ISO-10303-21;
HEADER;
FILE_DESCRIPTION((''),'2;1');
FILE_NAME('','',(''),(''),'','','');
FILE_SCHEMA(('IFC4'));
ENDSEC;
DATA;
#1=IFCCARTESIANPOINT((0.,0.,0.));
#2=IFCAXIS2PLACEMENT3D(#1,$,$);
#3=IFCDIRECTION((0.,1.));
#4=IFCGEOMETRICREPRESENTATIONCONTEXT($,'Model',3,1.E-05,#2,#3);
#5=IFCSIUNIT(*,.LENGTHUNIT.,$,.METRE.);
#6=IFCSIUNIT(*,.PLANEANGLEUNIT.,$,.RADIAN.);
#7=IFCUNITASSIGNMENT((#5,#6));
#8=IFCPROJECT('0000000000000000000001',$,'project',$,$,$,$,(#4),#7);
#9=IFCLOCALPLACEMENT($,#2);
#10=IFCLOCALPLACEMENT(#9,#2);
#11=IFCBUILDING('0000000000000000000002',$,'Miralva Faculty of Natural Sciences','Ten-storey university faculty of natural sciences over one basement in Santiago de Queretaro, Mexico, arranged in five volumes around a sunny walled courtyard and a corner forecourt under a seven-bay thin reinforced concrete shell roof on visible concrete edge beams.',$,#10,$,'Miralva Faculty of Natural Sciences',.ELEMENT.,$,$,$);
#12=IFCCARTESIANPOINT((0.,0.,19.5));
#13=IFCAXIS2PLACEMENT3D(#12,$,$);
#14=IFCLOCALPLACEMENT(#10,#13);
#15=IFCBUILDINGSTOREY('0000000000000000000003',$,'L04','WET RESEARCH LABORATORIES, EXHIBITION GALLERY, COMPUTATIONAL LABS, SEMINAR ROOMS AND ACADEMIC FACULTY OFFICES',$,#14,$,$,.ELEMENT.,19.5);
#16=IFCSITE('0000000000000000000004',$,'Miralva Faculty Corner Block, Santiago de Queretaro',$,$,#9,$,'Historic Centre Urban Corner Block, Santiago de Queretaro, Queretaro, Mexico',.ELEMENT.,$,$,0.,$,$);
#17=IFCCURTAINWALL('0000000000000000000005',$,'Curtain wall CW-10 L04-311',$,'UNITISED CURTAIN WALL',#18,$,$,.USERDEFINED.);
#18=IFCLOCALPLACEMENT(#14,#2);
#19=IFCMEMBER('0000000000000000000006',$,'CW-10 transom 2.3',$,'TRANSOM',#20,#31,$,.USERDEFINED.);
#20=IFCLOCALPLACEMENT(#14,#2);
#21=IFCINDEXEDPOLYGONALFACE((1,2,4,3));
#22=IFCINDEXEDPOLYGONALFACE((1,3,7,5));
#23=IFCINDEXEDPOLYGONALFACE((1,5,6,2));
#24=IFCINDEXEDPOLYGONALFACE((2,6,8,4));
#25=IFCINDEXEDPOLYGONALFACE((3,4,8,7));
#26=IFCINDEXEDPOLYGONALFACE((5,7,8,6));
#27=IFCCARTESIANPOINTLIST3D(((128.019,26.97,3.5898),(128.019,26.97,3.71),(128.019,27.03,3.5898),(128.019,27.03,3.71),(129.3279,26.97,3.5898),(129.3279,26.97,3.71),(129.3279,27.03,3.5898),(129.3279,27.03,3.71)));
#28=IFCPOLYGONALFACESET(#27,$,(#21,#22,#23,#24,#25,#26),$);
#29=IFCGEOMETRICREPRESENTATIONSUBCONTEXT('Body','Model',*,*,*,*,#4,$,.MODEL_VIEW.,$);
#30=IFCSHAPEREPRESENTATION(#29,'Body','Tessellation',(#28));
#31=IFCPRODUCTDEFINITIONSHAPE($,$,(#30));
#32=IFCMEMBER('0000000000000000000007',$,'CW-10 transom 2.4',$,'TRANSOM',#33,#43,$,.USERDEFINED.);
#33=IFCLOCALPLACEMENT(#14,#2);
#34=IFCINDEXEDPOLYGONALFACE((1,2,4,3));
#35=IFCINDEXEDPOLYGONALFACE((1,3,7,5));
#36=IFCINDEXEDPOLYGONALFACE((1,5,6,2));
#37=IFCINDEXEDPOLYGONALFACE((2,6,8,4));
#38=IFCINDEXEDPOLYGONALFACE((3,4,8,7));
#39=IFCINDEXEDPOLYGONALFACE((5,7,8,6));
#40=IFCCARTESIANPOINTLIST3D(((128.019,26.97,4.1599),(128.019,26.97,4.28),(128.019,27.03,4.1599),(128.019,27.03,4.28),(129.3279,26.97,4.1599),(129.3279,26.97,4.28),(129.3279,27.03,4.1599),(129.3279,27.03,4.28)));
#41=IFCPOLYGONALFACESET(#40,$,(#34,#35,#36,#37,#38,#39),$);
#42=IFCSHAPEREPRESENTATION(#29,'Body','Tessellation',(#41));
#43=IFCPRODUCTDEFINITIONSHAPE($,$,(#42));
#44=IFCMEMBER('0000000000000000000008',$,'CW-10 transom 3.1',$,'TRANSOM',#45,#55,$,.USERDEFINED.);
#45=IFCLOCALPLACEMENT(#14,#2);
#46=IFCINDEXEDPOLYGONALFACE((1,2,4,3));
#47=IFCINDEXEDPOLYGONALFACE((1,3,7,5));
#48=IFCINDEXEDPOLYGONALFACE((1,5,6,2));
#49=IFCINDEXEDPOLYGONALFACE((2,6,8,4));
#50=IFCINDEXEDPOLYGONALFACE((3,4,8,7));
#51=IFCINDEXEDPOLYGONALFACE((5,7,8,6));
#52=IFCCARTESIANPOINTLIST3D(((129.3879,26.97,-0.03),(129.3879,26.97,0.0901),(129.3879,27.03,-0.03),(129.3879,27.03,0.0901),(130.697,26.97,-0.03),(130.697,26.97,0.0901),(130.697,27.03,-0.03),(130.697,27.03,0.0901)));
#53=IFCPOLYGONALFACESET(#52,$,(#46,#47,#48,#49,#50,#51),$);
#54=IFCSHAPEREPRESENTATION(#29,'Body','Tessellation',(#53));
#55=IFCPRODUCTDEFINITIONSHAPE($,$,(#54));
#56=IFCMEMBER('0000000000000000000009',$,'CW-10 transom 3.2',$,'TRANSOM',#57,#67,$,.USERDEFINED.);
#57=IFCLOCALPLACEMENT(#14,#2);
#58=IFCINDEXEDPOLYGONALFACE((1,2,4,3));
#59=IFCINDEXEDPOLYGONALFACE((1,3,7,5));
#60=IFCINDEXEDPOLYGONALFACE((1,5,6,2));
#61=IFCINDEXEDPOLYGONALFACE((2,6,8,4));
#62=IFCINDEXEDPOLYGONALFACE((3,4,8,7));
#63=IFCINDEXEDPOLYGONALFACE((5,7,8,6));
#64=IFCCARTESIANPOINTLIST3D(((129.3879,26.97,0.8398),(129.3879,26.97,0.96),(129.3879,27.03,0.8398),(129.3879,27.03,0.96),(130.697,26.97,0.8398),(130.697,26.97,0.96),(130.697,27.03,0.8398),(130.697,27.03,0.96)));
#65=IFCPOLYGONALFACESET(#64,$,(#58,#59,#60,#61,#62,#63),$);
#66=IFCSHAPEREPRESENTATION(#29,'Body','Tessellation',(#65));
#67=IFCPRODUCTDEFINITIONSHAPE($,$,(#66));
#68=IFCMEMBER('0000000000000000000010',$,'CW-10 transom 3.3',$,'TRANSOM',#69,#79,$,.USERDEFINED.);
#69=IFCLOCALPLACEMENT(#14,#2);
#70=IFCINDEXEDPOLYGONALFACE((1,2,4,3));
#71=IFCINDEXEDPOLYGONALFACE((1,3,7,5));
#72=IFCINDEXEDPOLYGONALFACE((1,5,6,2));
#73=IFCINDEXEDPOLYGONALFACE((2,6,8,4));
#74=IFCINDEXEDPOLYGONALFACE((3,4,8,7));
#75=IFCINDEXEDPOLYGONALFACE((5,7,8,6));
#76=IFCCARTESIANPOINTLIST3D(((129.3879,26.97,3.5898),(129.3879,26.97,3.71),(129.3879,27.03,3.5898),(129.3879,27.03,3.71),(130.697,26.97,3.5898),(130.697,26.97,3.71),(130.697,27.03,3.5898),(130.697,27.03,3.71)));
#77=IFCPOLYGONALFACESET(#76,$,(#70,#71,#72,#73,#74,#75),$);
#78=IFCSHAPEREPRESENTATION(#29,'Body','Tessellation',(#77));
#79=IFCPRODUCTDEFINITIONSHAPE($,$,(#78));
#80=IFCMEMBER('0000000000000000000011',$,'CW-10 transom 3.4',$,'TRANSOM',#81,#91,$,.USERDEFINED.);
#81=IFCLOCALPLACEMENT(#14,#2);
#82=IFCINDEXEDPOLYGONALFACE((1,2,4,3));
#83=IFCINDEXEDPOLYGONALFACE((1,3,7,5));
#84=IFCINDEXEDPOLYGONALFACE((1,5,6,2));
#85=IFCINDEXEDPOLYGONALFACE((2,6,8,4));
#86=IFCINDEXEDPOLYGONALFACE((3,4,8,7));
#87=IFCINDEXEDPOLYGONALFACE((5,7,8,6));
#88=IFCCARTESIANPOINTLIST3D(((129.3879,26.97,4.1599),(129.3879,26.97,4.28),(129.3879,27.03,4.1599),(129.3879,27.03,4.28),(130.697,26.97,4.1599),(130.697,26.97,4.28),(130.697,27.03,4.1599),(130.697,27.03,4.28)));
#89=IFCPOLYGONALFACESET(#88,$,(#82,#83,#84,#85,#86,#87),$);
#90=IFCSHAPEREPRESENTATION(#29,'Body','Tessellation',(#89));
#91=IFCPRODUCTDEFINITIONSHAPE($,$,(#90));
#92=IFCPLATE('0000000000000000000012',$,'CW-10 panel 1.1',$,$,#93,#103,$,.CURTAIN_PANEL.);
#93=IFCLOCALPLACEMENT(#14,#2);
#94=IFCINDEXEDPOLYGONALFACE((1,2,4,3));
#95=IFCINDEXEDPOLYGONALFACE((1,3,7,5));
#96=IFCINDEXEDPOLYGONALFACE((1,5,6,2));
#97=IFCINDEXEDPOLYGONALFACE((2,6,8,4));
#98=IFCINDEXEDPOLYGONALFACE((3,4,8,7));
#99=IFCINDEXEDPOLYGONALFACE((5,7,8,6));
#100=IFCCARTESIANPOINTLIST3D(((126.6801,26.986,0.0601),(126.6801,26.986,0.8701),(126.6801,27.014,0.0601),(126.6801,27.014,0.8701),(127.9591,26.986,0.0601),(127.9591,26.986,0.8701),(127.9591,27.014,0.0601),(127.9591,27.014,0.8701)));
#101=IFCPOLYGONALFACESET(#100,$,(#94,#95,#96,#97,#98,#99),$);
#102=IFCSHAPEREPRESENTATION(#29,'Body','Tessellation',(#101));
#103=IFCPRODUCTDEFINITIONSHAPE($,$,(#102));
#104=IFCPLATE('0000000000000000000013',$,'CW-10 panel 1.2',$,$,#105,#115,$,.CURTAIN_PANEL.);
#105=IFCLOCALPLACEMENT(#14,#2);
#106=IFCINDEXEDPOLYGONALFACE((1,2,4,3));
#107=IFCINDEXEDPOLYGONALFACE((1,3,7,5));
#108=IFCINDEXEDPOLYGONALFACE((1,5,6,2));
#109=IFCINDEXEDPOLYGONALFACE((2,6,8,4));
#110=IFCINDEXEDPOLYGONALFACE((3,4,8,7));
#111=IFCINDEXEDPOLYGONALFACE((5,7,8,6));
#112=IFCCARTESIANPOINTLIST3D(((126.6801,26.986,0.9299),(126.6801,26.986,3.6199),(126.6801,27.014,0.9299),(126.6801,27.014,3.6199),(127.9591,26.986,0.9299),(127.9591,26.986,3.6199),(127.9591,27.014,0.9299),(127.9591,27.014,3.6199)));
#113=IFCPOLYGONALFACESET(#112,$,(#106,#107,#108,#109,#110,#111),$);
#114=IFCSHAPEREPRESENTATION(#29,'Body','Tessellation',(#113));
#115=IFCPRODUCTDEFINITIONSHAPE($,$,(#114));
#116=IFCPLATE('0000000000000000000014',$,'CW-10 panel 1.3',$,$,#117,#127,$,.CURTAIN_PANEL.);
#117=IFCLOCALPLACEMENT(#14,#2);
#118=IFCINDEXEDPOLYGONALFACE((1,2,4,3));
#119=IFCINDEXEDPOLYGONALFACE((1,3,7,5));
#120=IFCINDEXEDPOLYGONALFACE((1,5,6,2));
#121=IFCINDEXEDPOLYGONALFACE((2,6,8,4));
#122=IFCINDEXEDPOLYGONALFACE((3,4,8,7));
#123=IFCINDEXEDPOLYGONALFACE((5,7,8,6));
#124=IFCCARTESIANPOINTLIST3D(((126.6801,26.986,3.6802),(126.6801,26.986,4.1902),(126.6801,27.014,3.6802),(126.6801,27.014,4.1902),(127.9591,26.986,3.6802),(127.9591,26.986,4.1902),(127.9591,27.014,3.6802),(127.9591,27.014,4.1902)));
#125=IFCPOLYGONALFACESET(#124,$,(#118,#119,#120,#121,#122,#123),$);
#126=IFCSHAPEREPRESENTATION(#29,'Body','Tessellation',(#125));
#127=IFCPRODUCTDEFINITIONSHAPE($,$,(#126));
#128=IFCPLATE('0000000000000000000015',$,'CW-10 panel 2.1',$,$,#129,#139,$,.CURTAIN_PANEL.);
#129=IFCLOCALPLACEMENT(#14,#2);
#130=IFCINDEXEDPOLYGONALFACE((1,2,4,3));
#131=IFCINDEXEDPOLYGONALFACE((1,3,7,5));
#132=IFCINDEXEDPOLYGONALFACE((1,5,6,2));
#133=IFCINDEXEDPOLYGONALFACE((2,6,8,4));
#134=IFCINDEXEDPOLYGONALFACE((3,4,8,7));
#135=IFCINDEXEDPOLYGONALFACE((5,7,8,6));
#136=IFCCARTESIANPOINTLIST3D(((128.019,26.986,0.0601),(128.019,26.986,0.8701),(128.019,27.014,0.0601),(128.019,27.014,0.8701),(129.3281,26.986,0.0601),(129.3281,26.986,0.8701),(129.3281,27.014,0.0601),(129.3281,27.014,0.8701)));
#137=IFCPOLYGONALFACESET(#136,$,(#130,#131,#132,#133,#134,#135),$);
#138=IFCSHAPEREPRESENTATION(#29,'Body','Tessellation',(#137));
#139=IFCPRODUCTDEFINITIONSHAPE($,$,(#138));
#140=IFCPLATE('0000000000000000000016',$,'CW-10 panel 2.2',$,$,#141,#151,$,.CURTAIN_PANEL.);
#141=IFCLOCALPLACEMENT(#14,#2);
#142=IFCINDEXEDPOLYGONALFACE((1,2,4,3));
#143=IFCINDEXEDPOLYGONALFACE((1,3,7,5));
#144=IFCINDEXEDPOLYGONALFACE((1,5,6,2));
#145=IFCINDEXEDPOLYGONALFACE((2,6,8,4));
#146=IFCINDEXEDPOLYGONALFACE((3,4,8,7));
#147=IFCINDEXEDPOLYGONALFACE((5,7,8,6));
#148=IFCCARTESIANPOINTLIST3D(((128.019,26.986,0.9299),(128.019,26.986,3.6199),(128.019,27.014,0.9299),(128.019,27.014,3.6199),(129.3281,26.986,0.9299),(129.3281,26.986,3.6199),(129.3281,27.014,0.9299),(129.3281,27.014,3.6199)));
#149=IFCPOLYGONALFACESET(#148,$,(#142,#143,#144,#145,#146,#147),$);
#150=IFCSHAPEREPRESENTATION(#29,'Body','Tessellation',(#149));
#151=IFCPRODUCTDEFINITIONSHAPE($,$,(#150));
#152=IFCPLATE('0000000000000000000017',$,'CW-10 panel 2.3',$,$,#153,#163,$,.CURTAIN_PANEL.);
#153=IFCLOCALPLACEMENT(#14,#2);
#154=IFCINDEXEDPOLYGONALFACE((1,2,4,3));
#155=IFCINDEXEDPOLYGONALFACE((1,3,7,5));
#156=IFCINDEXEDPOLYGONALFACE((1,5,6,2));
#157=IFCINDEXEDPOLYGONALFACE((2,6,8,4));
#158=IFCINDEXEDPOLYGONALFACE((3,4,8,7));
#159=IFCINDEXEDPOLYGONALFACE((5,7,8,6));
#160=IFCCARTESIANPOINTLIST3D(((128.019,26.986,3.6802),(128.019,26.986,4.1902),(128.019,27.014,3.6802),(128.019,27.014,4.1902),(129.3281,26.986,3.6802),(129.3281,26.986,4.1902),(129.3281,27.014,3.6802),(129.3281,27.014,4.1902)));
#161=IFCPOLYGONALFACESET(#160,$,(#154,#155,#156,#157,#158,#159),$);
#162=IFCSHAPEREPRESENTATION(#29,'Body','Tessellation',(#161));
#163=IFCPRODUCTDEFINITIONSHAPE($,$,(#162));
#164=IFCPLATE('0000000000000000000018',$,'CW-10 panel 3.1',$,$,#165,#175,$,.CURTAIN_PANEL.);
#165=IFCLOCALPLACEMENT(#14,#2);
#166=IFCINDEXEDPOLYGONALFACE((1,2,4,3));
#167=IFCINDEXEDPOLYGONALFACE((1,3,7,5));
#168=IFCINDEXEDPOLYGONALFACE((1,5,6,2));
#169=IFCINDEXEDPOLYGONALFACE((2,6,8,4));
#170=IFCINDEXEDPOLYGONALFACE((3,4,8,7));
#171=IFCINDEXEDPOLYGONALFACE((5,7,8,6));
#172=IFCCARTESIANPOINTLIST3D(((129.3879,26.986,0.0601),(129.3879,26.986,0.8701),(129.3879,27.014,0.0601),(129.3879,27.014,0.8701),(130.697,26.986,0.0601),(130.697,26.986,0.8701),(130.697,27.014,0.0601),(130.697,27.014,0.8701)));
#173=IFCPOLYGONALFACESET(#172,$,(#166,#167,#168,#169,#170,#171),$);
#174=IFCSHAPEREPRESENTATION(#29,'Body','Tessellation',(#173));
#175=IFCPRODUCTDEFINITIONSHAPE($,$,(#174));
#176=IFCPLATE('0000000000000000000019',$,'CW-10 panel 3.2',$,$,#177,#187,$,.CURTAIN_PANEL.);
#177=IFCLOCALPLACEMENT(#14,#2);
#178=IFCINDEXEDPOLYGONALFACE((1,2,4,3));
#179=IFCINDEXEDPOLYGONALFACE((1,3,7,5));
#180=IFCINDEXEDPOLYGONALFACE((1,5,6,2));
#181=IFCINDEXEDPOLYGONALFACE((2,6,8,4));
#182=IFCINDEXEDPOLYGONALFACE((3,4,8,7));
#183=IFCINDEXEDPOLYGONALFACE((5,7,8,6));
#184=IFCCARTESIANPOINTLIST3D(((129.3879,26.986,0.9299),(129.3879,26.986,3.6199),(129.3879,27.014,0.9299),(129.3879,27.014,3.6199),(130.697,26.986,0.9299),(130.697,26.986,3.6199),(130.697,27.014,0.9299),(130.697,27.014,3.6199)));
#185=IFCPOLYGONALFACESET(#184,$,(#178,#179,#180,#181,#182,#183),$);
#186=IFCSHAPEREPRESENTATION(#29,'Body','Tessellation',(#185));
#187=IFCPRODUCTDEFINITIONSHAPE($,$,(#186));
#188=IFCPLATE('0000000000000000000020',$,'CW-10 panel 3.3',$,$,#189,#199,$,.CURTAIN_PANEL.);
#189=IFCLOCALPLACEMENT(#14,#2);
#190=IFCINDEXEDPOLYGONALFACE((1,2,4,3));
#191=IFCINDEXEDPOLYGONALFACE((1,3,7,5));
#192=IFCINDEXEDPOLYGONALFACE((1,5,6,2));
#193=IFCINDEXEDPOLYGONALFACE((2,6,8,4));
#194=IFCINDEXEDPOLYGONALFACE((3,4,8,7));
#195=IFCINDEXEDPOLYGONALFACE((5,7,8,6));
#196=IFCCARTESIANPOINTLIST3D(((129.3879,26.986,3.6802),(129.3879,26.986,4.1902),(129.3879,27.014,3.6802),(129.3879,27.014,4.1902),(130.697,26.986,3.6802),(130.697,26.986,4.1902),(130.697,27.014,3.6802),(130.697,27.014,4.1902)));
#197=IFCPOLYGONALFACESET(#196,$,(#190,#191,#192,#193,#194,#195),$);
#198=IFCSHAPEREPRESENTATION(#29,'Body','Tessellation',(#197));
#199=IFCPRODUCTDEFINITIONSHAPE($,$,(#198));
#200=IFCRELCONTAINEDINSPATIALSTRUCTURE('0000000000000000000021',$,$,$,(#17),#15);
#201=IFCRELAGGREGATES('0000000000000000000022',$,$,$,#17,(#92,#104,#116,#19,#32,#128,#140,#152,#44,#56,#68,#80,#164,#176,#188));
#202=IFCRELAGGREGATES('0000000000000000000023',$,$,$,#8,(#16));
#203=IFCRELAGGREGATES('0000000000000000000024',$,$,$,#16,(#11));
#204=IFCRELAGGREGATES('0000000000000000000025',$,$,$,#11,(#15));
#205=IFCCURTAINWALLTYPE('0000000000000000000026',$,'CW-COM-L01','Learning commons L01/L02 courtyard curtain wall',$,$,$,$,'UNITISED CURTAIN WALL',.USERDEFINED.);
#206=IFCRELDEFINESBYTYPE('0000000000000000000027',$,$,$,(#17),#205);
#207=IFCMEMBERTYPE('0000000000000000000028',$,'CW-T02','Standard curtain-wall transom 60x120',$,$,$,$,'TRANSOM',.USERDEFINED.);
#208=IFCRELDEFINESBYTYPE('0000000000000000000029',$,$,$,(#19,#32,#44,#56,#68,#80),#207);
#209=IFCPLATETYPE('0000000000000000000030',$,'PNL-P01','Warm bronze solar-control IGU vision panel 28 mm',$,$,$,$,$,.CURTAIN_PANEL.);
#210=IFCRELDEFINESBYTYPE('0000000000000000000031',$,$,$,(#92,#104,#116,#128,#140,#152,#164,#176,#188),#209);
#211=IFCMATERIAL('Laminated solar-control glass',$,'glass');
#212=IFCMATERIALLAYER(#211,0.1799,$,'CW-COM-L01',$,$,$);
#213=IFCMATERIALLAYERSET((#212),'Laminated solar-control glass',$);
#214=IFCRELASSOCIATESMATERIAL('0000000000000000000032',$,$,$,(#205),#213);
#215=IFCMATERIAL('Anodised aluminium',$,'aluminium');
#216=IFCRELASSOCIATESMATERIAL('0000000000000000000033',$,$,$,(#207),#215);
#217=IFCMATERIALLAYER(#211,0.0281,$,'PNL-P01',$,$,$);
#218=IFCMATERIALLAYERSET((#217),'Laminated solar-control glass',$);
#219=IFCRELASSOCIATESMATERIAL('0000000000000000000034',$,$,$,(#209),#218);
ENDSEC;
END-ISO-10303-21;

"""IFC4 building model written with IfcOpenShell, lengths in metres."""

from ifc_helpers import new_model, si_unit, direction, frame, origin, origin_2d, place, context, subcontext, project, spatial, rectangle, extrude, material, layer, layer_set, material_profile, profile_set, type_object, element, aggregate, save


model = new_model("IFC4")

# Units and contexts
model_context = context("Model", 3, precision=1e-05, world=origin(), true_north=direction((0.0, 1.0)))
body_context = subcontext(model_context, "Body", "Model", "MODEL_VIEW")
ifc_project = project(units=[si_unit("LENGTHUNIT", "METRE"), si_unit("PLANEANGLEUNIT", "RADIAN")], contexts=[model_context])

# Site, building, storey
site_placement = place(None, origin())
site = spatial("IfcSite", under=ifc_project, at=site_placement, Name="Miralva Faculty Corner Block, Santiago de Queretaro", LongName="Historic Centre Urban Corner Block, Santiago de Queretaro, Queretaro, Mexico", CompositionType="ELEMENT", RefElevation=0.0)
building_placement = place(site_placement, origin())
building = spatial("IfcBuilding", under=site, at=building_placement, Name="Miralva Faculty of Natural Sciences", Description="Ten-storey university faculty of natural sciences over one basement in Santiago de Queretaro, Mexico, arranged in five volumes around a sunny walled courtyard and a corner forecourt under a seven-bay thin reinforced concrete shell roof on visible concrete edge beams.", LongName="Miralva Faculty of Natural Sciences", CompositionType="ELEMENT")
storey_placement = place(building_placement, frame((0.0, 0.0, 19.5)))
storey = spatial("IfcBuildingStorey", under=building, at=storey_placement, Name="L04", Description="WET RESEARCH LABORATORIES, EXHIBITION GALLERY, COMPUTATIONAL LABS, SEMINAR ROOMS AND ACADEMIC FACULTY OFFICES", CompositionType="ELEMENT", Elevation=19.5)

# Shared definitions
ifc_material_1 = material(Name="Laminated solar-control glass", Category="glass")
ifc_layer_1 = layer(ifc_material_1, 0.1799, Name="CW-COM-L01")
ifc_layer_set_1 = layer_set([ifc_layer_1], Name="Laminated solar-control glass")
curtain_wall_type = type_object("IfcCurtainWallType", Name="CW-COM-L01", Description="Learning commons L01/L02 courtyard curtain wall", ElementType="UNITISED CURTAIN WALL", PredefinedType="USERDEFINED", material=ifc_layer_set_1)
ifc_material_2 = material(Name="Anodised aluminium", Category="aluminium")

# Curtain wall
curtain_wall_1_placement = place(storey_placement, origin())
curtain_wall_1 = element("IfcCurtainWall", 1, at=curtain_wall_1_placement, inside=storey, type_object=curtain_wall_type, Name="Curtain wall CW-10 L04-311", ObjectType="UNITISED CURTAIN WALL", PredefinedType="USERDEFINED")

# Members
ifc_material_profile_1 = material_profile(ifc_material_2, rectangle(XDim=0.0601, YDim=0.1201, at=origin_2d()), Name="TRANSOM 60x120")
ifc_profile_set_1 = profile_set([ifc_material_profile_1], Name="Anodised aluminium")
member_type_1 = type_object("IfcMemberType", Name="CW-T02", Description="Standard curtain-wall transom 60x120", ElementType="TRANSOM", PredefinedType="USERDEFINED", material=ifc_profile_set_1)
member_1_placement = place(storey_placement, frame((128.019, 27.0, 3.6499), z_axis=(1.0, 0.0, 0.0), x_axis=(0.0, 1.0, 0.0)))
member_1 = element("IfcMember", 2, at=member_1_placement, type_object=member_type_1, Name="CW-10 transom 2.3", ObjectType="TRANSOM", PredefinedType="USERDEFINED", context=body_context, shape_type="SweptSolid", body=[
    extrude(rectangle(XDim=0.0601, YDim=0.1201, at=origin_2d()), origin(), (0.0, 0.0, 1.0), 1.3088),
])
member_2_placement = place(storey_placement, frame((128.019, 27.0, 4.22), z_axis=(1.0, 0.0, 0.0), x_axis=(0.0, 1.0, 0.0)))
member_2 = element("IfcMember", 3, at=member_2_placement, type_object=member_type_1, Name="CW-10 transom 2.4", ObjectType="TRANSOM", PredefinedType="USERDEFINED", context=body_context, shape_type="SweptSolid", body=[
    extrude(rectangle(XDim=0.0601, YDim=0.1201, at=origin_2d()), origin(), (0.0, 0.0, 1.0), 1.3088),
])
member_3_placement = place(storey_placement, frame((129.3879, 27.0, 0.03), z_axis=(1.0, 0.0, 0.0), x_axis=(0.0, 1.0, 0.0)))
member_3 = element("IfcMember", 4, at=member_3_placement, type_object=member_type_1, Name="CW-10 transom 3.1", ObjectType="TRANSOM", PredefinedType="USERDEFINED", context=body_context, shape_type="SweptSolid", body=[
    extrude(rectangle(XDim=0.0601, YDim=0.1201, at=origin_2d()), origin(), (0.0, 0.0, 1.0), 1.3091),
])
member_4_placement = place(storey_placement, frame((129.3879, 27.0, 0.8999), z_axis=(1.0, 0.0, 0.0), x_axis=(0.0, 1.0, 0.0)))
member_4 = element("IfcMember", 5, at=member_4_placement, type_object=member_type_1, Name="CW-10 transom 3.2", ObjectType="TRANSOM", PredefinedType="USERDEFINED", context=body_context, shape_type="SweptSolid", body=[
    extrude(rectangle(XDim=0.0601, YDim=0.1201, at=origin_2d()), origin(), (0.0, 0.0, 1.0), 1.3091),
])
member_5_placement = place(storey_placement, frame((129.3879, 27.0, 3.6499), z_axis=(1.0, 0.0, 0.0), x_axis=(0.0, 1.0, 0.0)))
member_5 = element("IfcMember", 6, at=member_5_placement, type_object=member_type_1, Name="CW-10 transom 3.3", ObjectType="TRANSOM", PredefinedType="USERDEFINED", context=body_context, shape_type="SweptSolid", body=[
    extrude(rectangle(XDim=0.0601, YDim=0.1201, at=origin_2d()), origin(), (0.0, 0.0, 1.0), 1.3091),
])
member_6_placement = place(storey_placement, frame((129.3879, 27.0, 4.22), z_axis=(1.0, 0.0, 0.0), x_axis=(0.0, 1.0, 0.0)))
member_6 = element("IfcMember", 7, at=member_6_placement, type_object=member_type_1, Name="CW-10 transom 3.4", ObjectType="TRANSOM", PredefinedType="USERDEFINED", context=body_context, shape_type="SweptSolid", body=[
    extrude(rectangle(XDim=0.0601, YDim=0.1201, at=origin_2d()), origin(), (0.0, 0.0, 1.0), 1.3091),
])

# Plates
ifc_layer_2 = layer(ifc_material_1, 0.0281, Name="PNL-P01")
ifc_layer_set_2 = layer_set([ifc_layer_2], Name="Laminated solar-control glass")
plate_type = type_object("IfcPlateType", Name="PNL-P01", Description="Warm bronze solar-control IGU vision panel 28 mm", PredefinedType="CURTAIN_PANEL", material=ifc_layer_set_2)
plate_1_placement = place(storey_placement, frame((127.3196, 27.0, 0.0601), z_axis=(0.0, 0.0, 1.0), x_axis=(1.0, 0.0, 0.0)))
plate_1 = element("IfcPlate", 8, at=plate_1_placement, type_object=plate_type, Name="CW-10 panel 1.1", PredefinedType="CURTAIN_PANEL", context=body_context, shape_type="SweptSolid", body=[
    extrude(rectangle(XDim=1.2791, YDim=0.0281, at=origin_2d()), origin(), (0.0, 0.0, 1.0), 0.8101),
])
plate_2_placement = place(storey_placement, frame((127.3196, 27.0, 0.9299), z_axis=(0.0, 0.0, 1.0), x_axis=(1.0, 0.0, 0.0)))
plate_2 = element("IfcPlate", 9, at=plate_2_placement, type_object=plate_type, Name="CW-10 panel 1.2", PredefinedType="CURTAIN_PANEL", context=body_context, shape_type="SweptSolid", body=[
    extrude(rectangle(XDim=1.2791, YDim=0.0281, at=origin_2d()), origin(), (0.0, 0.0, 1.0), 2.6899),
])
plate_3_placement = place(storey_placement, frame((127.3196, 27.0, 3.6802), z_axis=(0.0, 0.0, 1.0), x_axis=(1.0, 0.0, 0.0)))
plate_3 = element("IfcPlate", 10, at=plate_3_placement, type_object=plate_type, Name="CW-10 panel 1.3", PredefinedType="CURTAIN_PANEL", context=body_context, shape_type="SweptSolid", body=[
    extrude(rectangle(XDim=1.2791, YDim=0.0281, at=origin_2d()), origin(), (0.0, 0.0, 1.0), 0.51),
])
plate_4_placement = place(storey_placement, frame((128.6736, 27.0, 0.0601), z_axis=(0.0, 0.0, 1.0), x_axis=(1.0, 0.0, 0.0)))
plate_4 = element("IfcPlate", 11, at=plate_4_placement, type_object=plate_type, Name="CW-10 panel 2.1", PredefinedType="CURTAIN_PANEL", context=body_context, shape_type="SweptSolid", body=[
    extrude(rectangle(XDim=1.3091, YDim=0.0281, at=origin_2d()), origin(), (0.0, 0.0, 1.0), 0.8101),
])
plate_5_placement = place(storey_placement, frame((128.6736, 27.0, 0.9299), z_axis=(0.0, 0.0, 1.0), x_axis=(1.0, 0.0, 0.0)))
plate_5 = element("IfcPlate", 12, at=plate_5_placement, type_object=plate_type, Name="CW-10 panel 2.2", PredefinedType="CURTAIN_PANEL", context=body_context, shape_type="SweptSolid", body=[
    extrude(rectangle(XDim=1.3091, YDim=0.0281, at=origin_2d()), origin(), (0.0, 0.0, 1.0), 2.6899),
])
plate_6_placement = place(storey_placement, frame((128.6736, 27.0, 3.6802), z_axis=(0.0, 0.0, 1.0), x_axis=(1.0, 0.0, 0.0)))
plate_6 = element("IfcPlate", 13, at=plate_6_placement, type_object=plate_type, Name="CW-10 panel 2.3", PredefinedType="CURTAIN_PANEL", context=body_context, shape_type="SweptSolid", body=[
    extrude(rectangle(XDim=1.3091, YDim=0.0281, at=origin_2d()), origin(), (0.0, 0.0, 1.0), 0.51),
])
plate_7_placement = place(storey_placement, frame((130.0425, 27.0, 0.0601), z_axis=(0.0, 0.0, 1.0), x_axis=(1.0, 0.0, 0.0)))
plate_7 = element("IfcPlate", 14, at=plate_7_placement, type_object=plate_type, Name="CW-10 panel 3.1", PredefinedType="CURTAIN_PANEL", context=body_context, shape_type="SweptSolid", body=[
    extrude(rectangle(XDim=1.3091, YDim=0.0281, at=origin_2d()), origin(), (0.0, 0.0, 1.0), 0.8101),
])
plate_8_placement = place(storey_placement, frame((130.0425, 27.0, 0.9299), z_axis=(0.0, 0.0, 1.0), x_axis=(1.0, 0.0, 0.0)))
plate_8 = element("IfcPlate", 15, at=plate_8_placement, type_object=plate_type, Name="CW-10 panel 3.2", PredefinedType="CURTAIN_PANEL", context=body_context, shape_type="SweptSolid", body=[
    extrude(rectangle(XDim=1.3091, YDim=0.0281, at=origin_2d()), origin(), (0.0, 0.0, 1.0), 2.6899),
])
plate_9_placement = place(storey_placement, frame((130.0425, 27.0, 3.6802), z_axis=(0.0, 0.0, 1.0), x_axis=(1.0, 0.0, 0.0)))
plate_9 = element("IfcPlate", 16, at=plate_9_placement, type_object=plate_type, Name="CW-10 panel 3.3", PredefinedType="CURTAIN_PANEL", context=body_context, shape_type="SweptSolid", body=[
    extrude(rectangle(XDim=1.3091, YDim=0.0281, at=origin_2d()), origin(), (0.0, 0.0, 1.0), 0.51),
])
aggregate(curtain_wall_1, [plate_1, plate_2, plate_3, member_1, member_2, plate_4, plate_5, plate_6, member_3, member_4, member_5, member_6, plate_7, plate_8, plate_9])

save(model, "model.ifc")
